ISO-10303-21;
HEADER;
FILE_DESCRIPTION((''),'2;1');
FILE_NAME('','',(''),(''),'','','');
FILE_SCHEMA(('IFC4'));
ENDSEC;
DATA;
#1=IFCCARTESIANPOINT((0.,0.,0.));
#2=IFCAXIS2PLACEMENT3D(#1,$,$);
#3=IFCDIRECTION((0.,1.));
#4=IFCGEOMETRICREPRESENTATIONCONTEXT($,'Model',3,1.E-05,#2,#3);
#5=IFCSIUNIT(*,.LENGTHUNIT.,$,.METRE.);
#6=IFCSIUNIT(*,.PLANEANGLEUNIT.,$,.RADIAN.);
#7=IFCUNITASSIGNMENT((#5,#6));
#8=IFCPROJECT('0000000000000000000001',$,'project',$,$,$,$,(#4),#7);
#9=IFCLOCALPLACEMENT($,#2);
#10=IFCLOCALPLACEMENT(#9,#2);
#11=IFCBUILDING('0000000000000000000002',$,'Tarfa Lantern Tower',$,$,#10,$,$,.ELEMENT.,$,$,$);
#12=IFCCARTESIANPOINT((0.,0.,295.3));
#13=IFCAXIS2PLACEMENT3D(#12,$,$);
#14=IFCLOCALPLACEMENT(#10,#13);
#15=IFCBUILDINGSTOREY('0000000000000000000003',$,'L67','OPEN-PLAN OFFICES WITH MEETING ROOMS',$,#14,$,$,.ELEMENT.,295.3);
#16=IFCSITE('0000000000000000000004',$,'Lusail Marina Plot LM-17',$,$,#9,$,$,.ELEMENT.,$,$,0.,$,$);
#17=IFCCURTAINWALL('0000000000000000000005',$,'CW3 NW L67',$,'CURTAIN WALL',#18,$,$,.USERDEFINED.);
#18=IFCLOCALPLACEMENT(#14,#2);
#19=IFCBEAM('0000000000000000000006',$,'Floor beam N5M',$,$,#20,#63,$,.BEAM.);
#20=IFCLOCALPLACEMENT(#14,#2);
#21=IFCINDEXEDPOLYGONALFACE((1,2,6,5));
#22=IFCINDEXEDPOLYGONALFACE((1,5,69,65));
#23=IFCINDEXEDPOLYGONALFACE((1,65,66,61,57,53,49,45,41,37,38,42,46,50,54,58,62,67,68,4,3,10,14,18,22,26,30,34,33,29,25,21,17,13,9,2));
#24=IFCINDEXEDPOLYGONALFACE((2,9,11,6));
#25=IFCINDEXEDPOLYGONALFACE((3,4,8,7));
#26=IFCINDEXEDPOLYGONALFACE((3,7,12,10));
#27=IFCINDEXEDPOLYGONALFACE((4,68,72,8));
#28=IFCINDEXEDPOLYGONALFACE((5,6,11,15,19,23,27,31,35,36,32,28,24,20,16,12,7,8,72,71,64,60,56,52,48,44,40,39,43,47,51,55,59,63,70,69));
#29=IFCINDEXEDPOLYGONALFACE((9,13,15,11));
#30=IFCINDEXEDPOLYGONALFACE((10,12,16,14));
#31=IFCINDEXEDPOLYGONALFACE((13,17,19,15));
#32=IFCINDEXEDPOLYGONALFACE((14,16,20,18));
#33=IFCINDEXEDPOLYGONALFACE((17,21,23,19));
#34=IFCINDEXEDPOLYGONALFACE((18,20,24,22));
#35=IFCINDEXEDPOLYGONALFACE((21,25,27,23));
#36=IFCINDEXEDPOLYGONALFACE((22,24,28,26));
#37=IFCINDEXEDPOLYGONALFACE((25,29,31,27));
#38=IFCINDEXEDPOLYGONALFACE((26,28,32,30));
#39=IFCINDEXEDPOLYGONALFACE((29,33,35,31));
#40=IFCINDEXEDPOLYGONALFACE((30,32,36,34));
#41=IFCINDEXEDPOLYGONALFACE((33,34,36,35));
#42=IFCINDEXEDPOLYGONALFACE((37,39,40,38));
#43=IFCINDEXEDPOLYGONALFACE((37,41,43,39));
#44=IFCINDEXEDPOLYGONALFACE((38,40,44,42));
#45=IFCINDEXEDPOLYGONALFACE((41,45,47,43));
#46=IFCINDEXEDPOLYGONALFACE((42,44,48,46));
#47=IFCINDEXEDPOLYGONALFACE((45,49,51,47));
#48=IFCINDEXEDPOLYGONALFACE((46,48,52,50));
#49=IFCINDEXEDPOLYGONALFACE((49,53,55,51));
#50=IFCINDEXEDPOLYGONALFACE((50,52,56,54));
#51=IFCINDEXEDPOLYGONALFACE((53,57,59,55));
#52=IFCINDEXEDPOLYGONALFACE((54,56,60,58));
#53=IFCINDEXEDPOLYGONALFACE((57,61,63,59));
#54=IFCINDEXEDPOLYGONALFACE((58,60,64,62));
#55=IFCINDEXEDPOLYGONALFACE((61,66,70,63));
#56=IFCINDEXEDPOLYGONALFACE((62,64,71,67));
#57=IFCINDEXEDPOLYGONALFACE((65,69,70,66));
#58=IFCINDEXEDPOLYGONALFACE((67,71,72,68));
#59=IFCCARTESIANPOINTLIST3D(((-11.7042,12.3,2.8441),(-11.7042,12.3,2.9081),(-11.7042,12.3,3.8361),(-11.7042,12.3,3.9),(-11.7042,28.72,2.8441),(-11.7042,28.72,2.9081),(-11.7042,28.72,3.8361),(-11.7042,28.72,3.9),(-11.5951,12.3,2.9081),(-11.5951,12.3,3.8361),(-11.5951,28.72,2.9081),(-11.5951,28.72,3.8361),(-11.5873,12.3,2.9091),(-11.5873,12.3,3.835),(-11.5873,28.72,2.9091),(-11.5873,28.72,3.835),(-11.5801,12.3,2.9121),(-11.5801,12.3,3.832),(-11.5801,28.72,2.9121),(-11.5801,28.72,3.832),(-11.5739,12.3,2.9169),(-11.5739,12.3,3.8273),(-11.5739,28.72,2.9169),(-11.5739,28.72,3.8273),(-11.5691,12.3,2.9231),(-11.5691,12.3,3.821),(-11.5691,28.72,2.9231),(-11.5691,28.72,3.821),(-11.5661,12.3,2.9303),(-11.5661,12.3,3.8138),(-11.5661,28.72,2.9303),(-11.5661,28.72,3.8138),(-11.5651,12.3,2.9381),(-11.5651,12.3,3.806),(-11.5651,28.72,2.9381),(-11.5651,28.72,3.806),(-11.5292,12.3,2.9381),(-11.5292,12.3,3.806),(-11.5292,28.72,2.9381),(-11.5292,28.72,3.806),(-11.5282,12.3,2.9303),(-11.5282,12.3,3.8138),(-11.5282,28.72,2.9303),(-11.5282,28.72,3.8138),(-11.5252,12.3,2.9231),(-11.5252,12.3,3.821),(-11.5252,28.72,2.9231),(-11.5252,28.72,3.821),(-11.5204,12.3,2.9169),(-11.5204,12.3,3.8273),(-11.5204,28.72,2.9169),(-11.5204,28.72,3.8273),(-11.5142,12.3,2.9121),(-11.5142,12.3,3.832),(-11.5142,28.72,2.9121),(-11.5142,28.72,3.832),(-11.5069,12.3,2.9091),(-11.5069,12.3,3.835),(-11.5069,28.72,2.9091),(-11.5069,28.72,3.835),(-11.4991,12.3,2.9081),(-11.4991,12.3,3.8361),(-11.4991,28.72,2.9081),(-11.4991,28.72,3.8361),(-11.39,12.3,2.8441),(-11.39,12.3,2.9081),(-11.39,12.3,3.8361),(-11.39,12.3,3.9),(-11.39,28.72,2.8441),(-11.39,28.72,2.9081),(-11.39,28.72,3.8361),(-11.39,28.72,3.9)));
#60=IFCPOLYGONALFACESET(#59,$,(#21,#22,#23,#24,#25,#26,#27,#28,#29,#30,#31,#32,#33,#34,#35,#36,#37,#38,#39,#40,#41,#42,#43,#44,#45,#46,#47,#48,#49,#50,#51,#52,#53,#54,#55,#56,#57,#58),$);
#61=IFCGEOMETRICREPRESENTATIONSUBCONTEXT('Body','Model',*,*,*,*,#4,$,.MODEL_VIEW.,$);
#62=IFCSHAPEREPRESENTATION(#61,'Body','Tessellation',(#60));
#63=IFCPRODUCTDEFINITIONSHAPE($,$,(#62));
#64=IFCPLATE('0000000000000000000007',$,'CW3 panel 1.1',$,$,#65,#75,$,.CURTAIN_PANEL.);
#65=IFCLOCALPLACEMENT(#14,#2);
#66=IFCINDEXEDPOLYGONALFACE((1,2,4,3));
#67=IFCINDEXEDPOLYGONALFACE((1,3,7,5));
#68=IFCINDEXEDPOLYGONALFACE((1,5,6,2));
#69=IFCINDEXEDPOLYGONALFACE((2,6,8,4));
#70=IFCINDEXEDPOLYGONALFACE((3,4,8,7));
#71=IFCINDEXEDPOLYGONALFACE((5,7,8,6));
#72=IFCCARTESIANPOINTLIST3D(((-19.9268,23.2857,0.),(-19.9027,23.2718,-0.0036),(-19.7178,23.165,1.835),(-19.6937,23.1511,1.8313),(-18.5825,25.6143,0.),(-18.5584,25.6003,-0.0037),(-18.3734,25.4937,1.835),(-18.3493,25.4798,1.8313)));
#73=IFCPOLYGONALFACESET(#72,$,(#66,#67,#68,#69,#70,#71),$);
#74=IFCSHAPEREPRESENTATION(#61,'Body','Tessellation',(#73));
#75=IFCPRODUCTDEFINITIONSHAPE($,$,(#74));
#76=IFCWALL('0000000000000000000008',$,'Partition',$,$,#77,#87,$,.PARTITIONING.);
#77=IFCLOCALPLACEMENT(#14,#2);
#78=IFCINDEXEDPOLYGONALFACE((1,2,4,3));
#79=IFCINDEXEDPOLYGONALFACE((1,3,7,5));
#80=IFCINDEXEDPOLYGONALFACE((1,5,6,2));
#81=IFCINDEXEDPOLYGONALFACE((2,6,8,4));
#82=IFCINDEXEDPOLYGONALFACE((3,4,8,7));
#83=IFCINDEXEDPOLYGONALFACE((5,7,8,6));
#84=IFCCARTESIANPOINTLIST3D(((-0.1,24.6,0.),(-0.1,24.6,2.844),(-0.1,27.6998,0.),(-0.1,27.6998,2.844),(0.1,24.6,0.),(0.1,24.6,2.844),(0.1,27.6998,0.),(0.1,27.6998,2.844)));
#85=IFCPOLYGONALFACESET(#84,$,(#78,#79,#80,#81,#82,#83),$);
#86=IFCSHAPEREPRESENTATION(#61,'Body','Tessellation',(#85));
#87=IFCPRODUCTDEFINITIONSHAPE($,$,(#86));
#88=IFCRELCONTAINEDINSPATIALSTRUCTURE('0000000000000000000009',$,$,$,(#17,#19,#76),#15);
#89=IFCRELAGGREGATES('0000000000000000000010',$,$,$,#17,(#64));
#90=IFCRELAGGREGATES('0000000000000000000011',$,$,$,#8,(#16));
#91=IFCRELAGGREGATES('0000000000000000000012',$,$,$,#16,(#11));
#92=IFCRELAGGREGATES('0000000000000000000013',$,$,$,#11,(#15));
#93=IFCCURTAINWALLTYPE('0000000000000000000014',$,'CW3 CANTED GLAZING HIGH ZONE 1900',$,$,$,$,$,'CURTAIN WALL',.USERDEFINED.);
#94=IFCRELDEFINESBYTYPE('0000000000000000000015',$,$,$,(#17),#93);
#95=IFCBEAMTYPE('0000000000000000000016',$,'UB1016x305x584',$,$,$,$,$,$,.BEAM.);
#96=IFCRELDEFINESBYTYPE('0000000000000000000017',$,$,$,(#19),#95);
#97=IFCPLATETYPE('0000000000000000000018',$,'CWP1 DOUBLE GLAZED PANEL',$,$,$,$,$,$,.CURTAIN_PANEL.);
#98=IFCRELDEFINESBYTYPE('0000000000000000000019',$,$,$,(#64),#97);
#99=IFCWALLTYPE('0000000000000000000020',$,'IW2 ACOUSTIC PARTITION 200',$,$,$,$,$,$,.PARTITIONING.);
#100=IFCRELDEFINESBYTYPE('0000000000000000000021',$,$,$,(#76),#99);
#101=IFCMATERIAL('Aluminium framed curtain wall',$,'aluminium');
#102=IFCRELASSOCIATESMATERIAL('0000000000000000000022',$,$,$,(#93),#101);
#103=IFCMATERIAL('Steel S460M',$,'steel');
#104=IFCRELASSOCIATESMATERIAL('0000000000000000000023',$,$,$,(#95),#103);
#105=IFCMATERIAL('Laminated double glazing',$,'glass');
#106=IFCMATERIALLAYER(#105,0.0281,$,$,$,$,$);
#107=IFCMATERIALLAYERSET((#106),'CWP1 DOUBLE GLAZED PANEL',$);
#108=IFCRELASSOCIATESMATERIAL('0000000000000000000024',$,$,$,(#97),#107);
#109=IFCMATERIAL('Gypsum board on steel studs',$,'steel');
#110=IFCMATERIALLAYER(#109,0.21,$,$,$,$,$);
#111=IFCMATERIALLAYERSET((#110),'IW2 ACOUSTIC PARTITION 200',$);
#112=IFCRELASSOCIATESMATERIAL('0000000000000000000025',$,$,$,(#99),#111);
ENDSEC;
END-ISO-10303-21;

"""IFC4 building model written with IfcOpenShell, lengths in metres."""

from ifc_helpers import new_model, si_unit, direction, frame, frame_2d, origin, origin_2d, place, context, subcontext, project, spatial, polyline, rectangle, i_section, outline, extrude, material, layer, layer_set, material_profile, profile_set, type_object, element, aggregate, save


model = new_model("IFC4")

# Units and contexts
model_context = context("Model", 3, precision=1e-05, world=origin(), true_north=direction((0.0, 1.0)))
body_context = subcontext(model_context, "Body", "Model", "MODEL_VIEW")
ifc_project = project(units=[si_unit("LENGTHUNIT", "METRE"), si_unit("PLANEANGLEUNIT", "RADIAN")], contexts=[model_context])

# Site, building, storey
site_placement = place(None, origin())
site = spatial("IfcSite", under=ifc_project, at=site_placement, Name="Lusail Marina Plot LM-17", CompositionType="ELEMENT", RefElevation=0.0)
building_placement = place(site_placement, origin())
building = spatial("IfcBuilding", under=site, at=building_placement, Name="Tarfa Lantern Tower", CompositionType="ELEMENT")
storey_placement = place(building_placement, frame((0.0, 0.0, 295.3)))
storey = spatial("IfcBuildingStorey", under=building, at=storey_placement, Name="L67", Description="OPEN-PLAN OFFICES WITH MEETING ROOMS", CompositionType="ELEMENT", Elevation=295.3)

# Curtain wall
ifc_material_1 = material(Name="Aluminium framed curtain wall", Category="aluminium")
curtain_wall_type = type_object("IfcCurtainWallType", Name="CW3 CANTED GLAZING HIGH ZONE 1900", ElementType="CURTAIN WALL", PredefinedType="USERDEFINED", material=ifc_material_1)
curtain_wall_placement = place(storey_placement, origin())
curtain_wall = element("IfcCurtainWall", 1, at=curtain_wall_placement, inside=storey, type_object=curtain_wall_type, Name="CW3 NW L67", ObjectType="CURTAIN WALL", PredefinedType="USERDEFINED")

# Beam
ifc_material_2 = material(Name="Steel S460M", Category="steel")
ifc_material_profile_1 = material_profile(ifc_material_2, i_section(OverallWidth=0.3142, OverallDepth=1.0559, WebThickness=0.0359, FlangeThickness=0.064, FilletRadius=0.03, at=origin_2d()), Name="UB1016x305x584")
ifc_profile_set_1 = profile_set([ifc_material_profile_1], Name="Steel S460M")
beam_type_1 = type_object("IfcBeamType", Name="UB1016x305x584", PredefinedType="BEAM", material=ifc_profile_set_1)
for number, where, z_axis, x_axis, name in (
    (2, (-11.5471, 28.72, 3.3721), (0.0, -1.0, 0.0), (1.0, 0.0, 0.0), "Floor beam N5M"),
):
    element("IfcBeam", number, at=place(storey_placement, frame(where, z_axis=z_axis, x_axis=x_axis)), inside=storey, type_object=beam_type_1, Name=name, PredefinedType="BEAM", context=body_context, shape_type="SweptSolid", body=[
        extrude(i_section(OverallWidth=0.3142, OverallDepth=1.0559, WebThickness=0.0359, FlangeThickness=0.064, FilletRadius=0.03, at=origin_2d()), origin(), (0.0, 0.0, 1.0), 16.4199),
    ])

# Plate
ifc_material_3 = material(Name="Laminated double glazing", Category="glass")
ifc_layer_1 = layer(ifc_material_3, 0.0281)
ifc_layer_set_1 = layer_set([ifc_layer_1], Name="CWP1 DOUBLE GLAZED PANEL")
plate_type = type_object("IfcPlateType", Name="CWP1 DOUBLE GLAZED PANEL", PredefinedType="CURTAIN_PANEL", material=ifc_layer_set_1)
plate_placement = place(storey_placement, frame((-18.5825, 25.6143, 0.0), z_axis=(-0.858638, 0.495711, 0.130429), x_axis=(-0.499981, -0.866036, 0.000005)))
plate = element("IfcPlate", 3, at=plate_placement, type_object=plate_type, Name="CW3 panel 1.1", PredefinedType="CURTAIN_PANEL", context=body_context, shape_type="SweptSolid", body=[
    extrude(outline(polyline([(0.0, 0.0), (2.6888, 0.0), (2.6887, 1.8508), (-0.0002, 1.8508), (0.0, 0.0)])), origin(), (0.0, 0.0, -1.0), 0.0281),
])
aggregate(curtain_wall, [plate])

# Wall
ifc_material_4 = material(Name="Gypsum board on steel studs", Category="steel")
ifc_layer_2 = layer(ifc_material_4, 0.21)
ifc_layer_set_2 = layer_set([ifc_layer_2], Name="IW2 ACOUSTIC PARTITION 200")
wall_type = type_object("IfcWallType", Name="IW2 ACOUSTIC PARTITION 200", PredefinedType="PARTITIONING", material=ifc_layer_set_2)
wall_placement = place(storey_placement, frame((0.0, 24.6001, 0.0), z_axis=(0.0, 0.0, 1.0), x_axis=(0.0, 1.0, 0.0)))
element("IfcWall", 4, at=wall_placement, inside=storey, type_object=wall_type, Name="Partition", PredefinedType="PARTITIONING", context=body_context, shape_type="SweptSolid", body=[
    extrude(rectangle(XDim=3.0999, YDim=0.2, at=frame_2d((1.5498, 0.0))), origin(), (0.0, 0.0, 1.0), 2.844),
])

save(model, "model.ifc")
